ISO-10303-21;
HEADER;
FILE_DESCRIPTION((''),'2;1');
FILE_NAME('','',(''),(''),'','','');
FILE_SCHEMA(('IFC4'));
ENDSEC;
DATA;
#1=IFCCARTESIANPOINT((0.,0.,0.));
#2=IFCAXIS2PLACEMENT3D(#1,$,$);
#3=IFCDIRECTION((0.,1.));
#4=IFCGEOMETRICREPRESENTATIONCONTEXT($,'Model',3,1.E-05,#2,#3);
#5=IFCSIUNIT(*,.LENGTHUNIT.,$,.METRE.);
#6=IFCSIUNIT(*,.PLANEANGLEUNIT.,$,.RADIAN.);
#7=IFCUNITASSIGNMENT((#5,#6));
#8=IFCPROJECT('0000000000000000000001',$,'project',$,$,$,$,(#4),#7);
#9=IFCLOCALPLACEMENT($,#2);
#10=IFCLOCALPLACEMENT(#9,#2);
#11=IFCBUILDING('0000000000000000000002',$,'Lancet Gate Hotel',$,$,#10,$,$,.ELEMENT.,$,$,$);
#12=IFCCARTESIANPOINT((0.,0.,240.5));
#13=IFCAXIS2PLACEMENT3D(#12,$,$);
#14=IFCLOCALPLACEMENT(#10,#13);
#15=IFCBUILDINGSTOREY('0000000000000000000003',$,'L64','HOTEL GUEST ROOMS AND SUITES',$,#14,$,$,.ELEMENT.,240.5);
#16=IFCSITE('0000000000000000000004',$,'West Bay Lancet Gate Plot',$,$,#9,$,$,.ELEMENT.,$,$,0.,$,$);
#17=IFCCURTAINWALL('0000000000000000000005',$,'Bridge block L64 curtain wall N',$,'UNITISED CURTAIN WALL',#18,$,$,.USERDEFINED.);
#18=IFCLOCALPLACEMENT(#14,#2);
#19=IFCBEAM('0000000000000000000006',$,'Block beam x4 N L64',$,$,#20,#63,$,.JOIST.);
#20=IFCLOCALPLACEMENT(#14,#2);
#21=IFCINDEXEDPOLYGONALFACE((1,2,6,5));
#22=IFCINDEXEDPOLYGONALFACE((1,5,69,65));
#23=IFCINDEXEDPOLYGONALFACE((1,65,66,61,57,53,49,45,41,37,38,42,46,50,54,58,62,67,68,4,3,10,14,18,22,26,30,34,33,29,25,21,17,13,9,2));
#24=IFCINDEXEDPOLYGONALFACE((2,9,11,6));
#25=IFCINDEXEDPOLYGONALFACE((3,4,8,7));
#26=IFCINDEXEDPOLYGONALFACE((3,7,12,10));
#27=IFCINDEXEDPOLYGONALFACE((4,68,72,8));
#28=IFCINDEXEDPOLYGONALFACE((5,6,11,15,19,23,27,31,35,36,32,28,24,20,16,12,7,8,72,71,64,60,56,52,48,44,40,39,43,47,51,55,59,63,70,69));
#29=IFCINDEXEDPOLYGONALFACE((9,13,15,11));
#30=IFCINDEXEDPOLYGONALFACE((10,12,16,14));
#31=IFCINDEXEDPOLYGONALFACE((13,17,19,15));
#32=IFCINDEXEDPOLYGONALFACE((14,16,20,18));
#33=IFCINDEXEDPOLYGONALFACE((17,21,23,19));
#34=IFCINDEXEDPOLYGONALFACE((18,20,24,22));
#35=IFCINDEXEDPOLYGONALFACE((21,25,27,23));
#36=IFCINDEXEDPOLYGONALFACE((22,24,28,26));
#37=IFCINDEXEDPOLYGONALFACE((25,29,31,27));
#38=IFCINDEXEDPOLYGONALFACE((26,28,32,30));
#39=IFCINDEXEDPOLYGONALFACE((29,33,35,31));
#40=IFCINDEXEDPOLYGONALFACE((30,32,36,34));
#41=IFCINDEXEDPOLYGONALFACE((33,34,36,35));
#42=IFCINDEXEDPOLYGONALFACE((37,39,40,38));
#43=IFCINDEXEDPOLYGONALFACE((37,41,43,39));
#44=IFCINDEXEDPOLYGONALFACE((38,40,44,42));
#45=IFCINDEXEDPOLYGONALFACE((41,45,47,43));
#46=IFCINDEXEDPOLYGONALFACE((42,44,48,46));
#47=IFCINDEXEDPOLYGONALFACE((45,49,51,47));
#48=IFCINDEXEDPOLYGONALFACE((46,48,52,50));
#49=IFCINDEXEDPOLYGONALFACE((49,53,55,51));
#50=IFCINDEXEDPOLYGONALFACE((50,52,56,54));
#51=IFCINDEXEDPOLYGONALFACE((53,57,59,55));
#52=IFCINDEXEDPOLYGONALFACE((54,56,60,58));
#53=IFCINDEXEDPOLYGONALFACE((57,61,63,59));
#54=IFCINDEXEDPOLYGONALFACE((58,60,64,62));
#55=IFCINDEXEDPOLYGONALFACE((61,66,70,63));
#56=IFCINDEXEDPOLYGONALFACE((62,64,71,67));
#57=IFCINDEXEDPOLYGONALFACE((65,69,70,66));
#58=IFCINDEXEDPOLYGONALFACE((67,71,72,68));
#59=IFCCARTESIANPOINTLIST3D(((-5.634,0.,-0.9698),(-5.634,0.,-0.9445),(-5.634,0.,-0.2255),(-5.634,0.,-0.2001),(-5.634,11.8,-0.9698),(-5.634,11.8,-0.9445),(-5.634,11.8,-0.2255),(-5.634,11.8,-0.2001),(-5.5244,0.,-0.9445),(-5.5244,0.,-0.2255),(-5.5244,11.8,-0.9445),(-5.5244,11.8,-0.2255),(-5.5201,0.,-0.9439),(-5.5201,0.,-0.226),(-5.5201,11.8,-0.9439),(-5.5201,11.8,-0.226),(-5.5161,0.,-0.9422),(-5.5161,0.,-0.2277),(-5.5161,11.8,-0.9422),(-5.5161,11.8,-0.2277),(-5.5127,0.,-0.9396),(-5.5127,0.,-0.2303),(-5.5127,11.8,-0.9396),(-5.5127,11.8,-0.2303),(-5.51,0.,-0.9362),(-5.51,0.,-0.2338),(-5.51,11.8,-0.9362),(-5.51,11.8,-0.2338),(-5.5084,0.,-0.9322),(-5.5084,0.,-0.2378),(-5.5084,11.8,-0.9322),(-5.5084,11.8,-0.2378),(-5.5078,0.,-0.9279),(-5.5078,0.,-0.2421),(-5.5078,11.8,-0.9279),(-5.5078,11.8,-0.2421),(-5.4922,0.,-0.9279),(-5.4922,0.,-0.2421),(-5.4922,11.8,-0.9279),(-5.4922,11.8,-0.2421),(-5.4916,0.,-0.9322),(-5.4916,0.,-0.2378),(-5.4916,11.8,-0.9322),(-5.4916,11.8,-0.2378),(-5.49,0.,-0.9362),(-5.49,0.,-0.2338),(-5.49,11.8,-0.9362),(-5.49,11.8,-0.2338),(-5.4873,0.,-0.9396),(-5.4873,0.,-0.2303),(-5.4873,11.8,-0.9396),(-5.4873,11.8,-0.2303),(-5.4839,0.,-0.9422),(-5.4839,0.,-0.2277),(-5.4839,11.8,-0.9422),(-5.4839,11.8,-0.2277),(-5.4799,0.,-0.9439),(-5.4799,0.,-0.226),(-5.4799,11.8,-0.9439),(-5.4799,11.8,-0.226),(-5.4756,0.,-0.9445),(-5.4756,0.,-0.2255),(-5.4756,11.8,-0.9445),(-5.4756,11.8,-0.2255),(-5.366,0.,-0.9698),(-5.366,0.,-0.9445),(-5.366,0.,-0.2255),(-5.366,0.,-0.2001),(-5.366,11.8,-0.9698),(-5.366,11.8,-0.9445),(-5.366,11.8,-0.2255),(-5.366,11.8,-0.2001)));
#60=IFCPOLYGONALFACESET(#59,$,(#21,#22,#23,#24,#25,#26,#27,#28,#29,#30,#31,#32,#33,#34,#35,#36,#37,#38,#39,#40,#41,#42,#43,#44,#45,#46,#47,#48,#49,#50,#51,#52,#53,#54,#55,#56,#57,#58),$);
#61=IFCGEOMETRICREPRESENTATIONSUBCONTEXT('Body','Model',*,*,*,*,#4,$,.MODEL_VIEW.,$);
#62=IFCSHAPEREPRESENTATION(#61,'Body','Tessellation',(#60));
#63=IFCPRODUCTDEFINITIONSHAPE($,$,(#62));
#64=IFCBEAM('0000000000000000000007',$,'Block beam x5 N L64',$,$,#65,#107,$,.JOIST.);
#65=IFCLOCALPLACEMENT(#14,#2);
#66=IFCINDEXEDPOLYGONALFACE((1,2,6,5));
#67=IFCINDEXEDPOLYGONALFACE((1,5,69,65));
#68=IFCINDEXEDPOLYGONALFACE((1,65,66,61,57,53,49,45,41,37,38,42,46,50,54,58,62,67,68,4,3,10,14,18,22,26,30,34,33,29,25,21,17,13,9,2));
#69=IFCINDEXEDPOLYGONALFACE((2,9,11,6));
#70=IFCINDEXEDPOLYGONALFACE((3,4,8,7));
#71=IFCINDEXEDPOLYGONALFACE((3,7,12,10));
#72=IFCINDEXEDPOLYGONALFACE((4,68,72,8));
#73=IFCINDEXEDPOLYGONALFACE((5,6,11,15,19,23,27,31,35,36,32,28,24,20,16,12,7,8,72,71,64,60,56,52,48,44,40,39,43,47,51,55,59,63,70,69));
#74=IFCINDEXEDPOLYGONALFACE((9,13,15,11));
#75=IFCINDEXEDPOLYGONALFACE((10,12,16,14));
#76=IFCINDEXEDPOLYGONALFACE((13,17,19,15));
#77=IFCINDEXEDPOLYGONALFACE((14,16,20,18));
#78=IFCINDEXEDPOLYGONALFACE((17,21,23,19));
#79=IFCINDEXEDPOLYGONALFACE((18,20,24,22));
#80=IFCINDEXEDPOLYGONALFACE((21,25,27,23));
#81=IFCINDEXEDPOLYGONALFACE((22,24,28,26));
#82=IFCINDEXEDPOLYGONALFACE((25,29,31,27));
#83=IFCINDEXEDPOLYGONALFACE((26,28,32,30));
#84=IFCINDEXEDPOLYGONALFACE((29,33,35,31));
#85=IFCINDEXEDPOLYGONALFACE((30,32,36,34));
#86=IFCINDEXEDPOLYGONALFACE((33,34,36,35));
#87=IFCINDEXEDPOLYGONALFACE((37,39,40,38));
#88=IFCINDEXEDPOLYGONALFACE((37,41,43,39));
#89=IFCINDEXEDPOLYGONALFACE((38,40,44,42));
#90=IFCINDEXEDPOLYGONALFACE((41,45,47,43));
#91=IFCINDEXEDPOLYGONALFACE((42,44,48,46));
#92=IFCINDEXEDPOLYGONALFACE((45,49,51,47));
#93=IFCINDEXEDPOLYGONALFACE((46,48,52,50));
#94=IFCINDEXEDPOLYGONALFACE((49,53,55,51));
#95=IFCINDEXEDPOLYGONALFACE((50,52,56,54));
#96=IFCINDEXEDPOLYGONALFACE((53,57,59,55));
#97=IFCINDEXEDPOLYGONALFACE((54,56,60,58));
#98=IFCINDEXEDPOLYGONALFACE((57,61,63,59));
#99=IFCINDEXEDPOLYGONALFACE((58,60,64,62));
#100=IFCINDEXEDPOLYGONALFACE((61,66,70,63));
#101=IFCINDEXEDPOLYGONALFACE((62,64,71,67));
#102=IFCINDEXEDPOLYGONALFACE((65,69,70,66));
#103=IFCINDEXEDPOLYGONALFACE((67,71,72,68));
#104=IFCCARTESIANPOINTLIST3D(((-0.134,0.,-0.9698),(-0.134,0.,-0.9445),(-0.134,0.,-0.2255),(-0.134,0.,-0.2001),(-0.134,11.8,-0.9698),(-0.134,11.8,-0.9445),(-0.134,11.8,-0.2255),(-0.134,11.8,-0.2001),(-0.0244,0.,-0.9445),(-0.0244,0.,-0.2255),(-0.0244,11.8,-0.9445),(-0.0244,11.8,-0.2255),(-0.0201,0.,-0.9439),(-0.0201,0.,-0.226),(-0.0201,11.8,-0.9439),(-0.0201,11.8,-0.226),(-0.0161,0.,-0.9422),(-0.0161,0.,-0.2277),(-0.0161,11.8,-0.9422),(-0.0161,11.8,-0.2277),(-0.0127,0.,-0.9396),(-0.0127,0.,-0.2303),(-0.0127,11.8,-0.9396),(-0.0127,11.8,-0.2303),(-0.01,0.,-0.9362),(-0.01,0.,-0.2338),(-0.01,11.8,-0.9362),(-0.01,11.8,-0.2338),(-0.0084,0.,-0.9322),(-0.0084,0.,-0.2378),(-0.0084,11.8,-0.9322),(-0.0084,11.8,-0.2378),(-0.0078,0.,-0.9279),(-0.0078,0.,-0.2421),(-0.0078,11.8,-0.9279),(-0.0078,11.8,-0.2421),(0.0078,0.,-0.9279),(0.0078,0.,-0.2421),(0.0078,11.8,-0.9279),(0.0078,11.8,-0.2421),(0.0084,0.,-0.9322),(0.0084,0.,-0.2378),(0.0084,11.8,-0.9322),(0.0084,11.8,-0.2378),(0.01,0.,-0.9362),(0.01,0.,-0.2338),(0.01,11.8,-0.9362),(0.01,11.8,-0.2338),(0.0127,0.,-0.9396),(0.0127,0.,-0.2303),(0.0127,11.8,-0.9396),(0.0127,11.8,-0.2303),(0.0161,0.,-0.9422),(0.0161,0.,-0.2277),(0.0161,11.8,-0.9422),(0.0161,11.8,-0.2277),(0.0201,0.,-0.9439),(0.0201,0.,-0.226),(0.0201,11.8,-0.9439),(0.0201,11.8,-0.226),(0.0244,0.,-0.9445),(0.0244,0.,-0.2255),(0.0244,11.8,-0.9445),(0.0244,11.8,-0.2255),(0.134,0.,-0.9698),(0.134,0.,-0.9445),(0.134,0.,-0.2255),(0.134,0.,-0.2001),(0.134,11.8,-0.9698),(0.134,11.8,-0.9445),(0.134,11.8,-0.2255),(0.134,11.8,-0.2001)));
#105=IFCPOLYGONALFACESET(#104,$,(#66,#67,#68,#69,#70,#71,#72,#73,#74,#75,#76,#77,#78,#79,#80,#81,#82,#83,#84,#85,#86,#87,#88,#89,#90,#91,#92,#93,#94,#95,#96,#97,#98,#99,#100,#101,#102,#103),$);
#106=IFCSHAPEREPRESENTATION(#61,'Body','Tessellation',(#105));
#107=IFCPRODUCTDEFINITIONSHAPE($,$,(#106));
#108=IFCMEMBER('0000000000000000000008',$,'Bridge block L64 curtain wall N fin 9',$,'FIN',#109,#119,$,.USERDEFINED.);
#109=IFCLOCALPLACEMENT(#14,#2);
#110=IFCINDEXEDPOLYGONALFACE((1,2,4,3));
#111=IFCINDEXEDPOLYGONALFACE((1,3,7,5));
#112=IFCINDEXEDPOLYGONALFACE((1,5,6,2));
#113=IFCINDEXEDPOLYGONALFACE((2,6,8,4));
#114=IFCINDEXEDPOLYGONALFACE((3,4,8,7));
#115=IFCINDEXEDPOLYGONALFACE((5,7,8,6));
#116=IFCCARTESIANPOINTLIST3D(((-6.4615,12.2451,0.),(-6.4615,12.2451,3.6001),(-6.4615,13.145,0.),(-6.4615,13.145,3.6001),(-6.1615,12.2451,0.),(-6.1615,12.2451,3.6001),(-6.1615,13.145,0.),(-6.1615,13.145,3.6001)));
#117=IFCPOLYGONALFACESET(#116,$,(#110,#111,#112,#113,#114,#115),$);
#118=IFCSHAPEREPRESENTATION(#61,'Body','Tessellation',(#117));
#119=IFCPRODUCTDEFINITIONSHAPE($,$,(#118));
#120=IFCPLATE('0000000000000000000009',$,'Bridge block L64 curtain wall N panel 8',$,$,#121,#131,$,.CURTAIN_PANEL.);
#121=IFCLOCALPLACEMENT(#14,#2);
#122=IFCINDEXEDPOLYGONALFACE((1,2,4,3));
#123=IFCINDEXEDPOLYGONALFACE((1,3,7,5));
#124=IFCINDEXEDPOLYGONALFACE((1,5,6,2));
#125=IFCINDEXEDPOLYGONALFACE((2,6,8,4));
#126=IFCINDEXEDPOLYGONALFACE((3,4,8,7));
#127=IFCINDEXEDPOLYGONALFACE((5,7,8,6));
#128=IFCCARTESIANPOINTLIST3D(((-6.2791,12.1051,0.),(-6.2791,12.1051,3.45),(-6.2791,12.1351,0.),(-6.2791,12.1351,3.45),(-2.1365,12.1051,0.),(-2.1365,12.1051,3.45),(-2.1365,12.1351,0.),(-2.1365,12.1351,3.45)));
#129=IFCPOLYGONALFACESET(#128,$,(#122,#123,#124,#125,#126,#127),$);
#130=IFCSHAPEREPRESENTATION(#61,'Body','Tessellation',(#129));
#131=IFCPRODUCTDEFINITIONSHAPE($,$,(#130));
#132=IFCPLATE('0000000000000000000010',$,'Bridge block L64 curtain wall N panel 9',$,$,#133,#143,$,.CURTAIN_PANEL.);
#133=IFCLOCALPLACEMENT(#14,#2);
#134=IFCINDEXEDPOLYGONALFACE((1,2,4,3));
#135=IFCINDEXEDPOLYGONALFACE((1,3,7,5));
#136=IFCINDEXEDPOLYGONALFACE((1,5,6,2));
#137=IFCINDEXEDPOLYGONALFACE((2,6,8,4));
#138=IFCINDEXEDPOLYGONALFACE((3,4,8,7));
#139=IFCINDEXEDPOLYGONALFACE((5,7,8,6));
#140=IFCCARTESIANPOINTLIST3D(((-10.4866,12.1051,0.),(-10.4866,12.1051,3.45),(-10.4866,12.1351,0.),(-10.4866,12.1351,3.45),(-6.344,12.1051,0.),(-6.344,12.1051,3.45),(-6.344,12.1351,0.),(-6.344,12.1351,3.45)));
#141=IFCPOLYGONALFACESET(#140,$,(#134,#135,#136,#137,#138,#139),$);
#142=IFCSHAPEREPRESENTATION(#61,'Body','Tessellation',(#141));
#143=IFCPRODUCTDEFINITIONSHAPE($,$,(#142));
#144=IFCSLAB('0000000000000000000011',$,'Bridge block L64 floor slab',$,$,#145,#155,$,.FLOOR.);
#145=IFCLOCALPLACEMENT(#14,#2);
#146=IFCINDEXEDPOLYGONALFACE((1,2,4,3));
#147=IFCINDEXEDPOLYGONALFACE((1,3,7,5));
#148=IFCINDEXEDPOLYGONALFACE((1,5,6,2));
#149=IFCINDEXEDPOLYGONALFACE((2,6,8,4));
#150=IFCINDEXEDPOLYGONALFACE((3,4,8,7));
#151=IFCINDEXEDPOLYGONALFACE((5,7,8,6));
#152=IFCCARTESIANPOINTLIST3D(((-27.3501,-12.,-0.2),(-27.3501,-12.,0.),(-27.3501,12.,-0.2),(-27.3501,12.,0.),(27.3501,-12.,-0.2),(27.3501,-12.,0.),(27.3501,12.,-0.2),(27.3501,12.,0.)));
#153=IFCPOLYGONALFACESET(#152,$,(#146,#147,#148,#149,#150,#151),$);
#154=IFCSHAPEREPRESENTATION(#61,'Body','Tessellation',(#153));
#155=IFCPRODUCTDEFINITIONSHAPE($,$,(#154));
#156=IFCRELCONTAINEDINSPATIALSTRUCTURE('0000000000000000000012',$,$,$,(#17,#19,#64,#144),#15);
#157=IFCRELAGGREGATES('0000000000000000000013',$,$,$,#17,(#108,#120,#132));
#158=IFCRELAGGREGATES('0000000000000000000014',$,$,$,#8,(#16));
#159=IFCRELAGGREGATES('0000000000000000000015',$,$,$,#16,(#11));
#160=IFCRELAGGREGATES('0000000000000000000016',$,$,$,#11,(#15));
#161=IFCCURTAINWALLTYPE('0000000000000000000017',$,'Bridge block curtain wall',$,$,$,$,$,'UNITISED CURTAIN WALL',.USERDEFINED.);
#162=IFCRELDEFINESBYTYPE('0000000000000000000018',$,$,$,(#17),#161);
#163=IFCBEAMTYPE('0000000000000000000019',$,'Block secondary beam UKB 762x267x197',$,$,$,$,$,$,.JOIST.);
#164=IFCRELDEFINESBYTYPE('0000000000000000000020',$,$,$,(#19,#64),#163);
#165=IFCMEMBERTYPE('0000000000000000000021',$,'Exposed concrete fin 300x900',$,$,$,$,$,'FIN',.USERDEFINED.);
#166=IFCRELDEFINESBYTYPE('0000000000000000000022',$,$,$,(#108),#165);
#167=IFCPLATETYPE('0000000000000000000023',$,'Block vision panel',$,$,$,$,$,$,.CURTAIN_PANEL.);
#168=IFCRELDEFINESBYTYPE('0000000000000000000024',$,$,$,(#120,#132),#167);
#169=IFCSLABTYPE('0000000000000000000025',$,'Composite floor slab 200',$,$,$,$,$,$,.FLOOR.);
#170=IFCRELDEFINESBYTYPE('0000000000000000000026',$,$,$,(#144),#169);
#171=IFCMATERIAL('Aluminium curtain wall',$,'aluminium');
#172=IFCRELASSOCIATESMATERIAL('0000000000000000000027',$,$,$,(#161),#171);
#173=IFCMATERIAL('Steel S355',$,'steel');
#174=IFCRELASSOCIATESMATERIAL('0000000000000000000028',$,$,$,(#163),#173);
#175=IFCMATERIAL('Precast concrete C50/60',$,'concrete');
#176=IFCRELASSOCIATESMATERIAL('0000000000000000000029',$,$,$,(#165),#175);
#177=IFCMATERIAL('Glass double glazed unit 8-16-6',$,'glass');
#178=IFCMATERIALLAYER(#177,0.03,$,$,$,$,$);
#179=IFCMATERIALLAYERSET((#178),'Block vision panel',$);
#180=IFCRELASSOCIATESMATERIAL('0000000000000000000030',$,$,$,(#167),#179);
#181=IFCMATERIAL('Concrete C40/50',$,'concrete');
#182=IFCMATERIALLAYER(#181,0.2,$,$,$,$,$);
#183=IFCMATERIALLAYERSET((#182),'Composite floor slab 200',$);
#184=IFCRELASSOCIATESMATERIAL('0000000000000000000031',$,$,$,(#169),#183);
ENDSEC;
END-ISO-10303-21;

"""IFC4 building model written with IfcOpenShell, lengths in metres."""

from ifc_helpers import new_model, si_unit, direction, frame, origin, origin_2d, place, context, subcontext, project, spatial, polyline, rectangle, i_section, outline, extrude, material, layer, layer_set, material_profile, profile_set, type_object, element, aggregate, save


model = new_model("IFC4")

# Units and contexts
model_context = context("Model", 3, precision=1e-05, world=origin(), true_north=direction((0.0, 1.0)))
body_context = subcontext(model_context, "Body", "Model", "MODEL_VIEW")
ifc_project = project(units=[si_unit("LENGTHUNIT", "METRE"), si_unit("PLANEANGLEUNIT", "RADIAN")], contexts=[model_context])

# Site, building, storey
site_placement = place(None, origin())
site = spatial("IfcSite", under=ifc_project, at=site_placement, Name="West Bay Lancet Gate Plot", CompositionType="ELEMENT", RefElevation=0.0)
building_placement = place(site_placement, origin())
building = spatial("IfcBuilding", under=site, at=building_placement, Name="Lancet Gate Hotel", CompositionType="ELEMENT")
storey_placement = place(building_placement, frame((0.0, 0.0, 240.5)))
storey = spatial("IfcBuildingStorey", under=building, at=storey_placement, Name="L64", Description="HOTEL GUEST ROOMS AND SUITES", CompositionType="ELEMENT", Elevation=240.5)

# Curtain wall
ifc_material_1 = material(Name="Aluminium curtain wall", Category="aluminium")
curtain_wall_type = type_object("IfcCurtainWallType", Name="Bridge block curtain wall", ElementType="UNITISED CURTAIN WALL", PredefinedType="USERDEFINED", material=ifc_material_1)
curtain_wall_placement = place(storey_placement, origin())
curtain_wall = element("IfcCurtainWall", 1, at=curtain_wall_placement, inside=storey, type_object=curtain_wall_type, Name="Bridge block L64 curtain wall N", ObjectType="UNITISED CURTAIN WALL", PredefinedType="USERDEFINED")

# Beams
ifc_material_2 = material(Name="Steel S355", Category="steel")
ifc_material_profile_1 = material_profile(ifc_material_2, i_section(OverallWidth=0.2681, OverallDepth=0.7698, WebThickness=0.0156, FlangeThickness=0.0254, FilletRadius=0.0166, at=origin_2d()), Name="UKB 762x267x197")
ifc_profile_set_1 = profile_set([ifc_material_profile_1], Name="Steel S355")
beam_type_1 = type_object("IfcBeamType", Name="Block secondary beam UKB 762x267x197", PredefinedType="JOIST", material=ifc_profile_set_1)
for number, where, z_axis, x_axis, name in (
    (2, (-5.5, 0.0, -0.585), (0.0, 1.0, 0.0), (-1.0, 0.0, 0.0), "Block beam x4 N L64"),
    (3, (0.0, 0.0, -0.585), (0.0, 1.0, 0.0), (-1.0, 0.0, 0.0), "Block beam x5 N L64"),
):
    element("IfcBeam", number, at=place(storey_placement, frame(where, z_axis=z_axis, x_axis=x_axis)), inside=storey, type_object=beam_type_1, Name=name, PredefinedType="JOIST", context=body_context, shape_type="SweptSolid", body=[
        extrude(i_section(OverallWidth=0.2681, OverallDepth=0.7698, WebThickness=0.0156, FlangeThickness=0.0254, FilletRadius=0.0166, at=origin_2d()), origin(), (0.0, 0.0, 1.0), 11.8),
    ])

# Member
ifc_material_3 = material(Name="Precast concrete C50/60", Category="concrete")
ifc_material_profile_2 = material_profile(ifc_material_3, rectangle(XDim=0.3, YDim=0.8999, at=origin_2d()), Name="FIN 300x900")
ifc_profile_set_2 = profile_set([ifc_material_profile_2], Name="Precast concrete C50/60")
member_type_1 = type_object("IfcMemberType", Name="Exposed concrete fin 300x900", ElementType="FIN", PredefinedType="USERDEFINED", material=ifc_profile_set_2)
member_1_placement = place(storey_placement, frame((-6.3115, 12.6951, 0.0), z_axis=(0.0, 0.0, 1.0), x_axis=(-1.0, 0.0, 0.0)))
member_1 = element("IfcMember", 4, at=member_1_placement, type_object=member_type_1, Name="Bridge block L64 curtain wall N fin 9", ObjectType="FIN", PredefinedType="USERDEFINED", context=body_context, shape_type="SweptSolid", body=[
    extrude(rectangle(XDim=0.3, YDim=0.8999, at=origin_2d()), origin(), (0.0, 0.0, 1.0), 3.6001),
])

# Plates
ifc_material_4 = material(Name="Glass double glazed unit 8-16-6", Category="glass")
ifc_layer_1 = layer(ifc_material_4, 0.03)
ifc_layer_set_1 = layer_set([ifc_layer_1], Name="Block vision panel")
plate_type = type_object("IfcPlateType", Name="Block vision panel", PredefinedType="CURTAIN_PANEL", material=ifc_layer_set_1)
plate_1_placement = place(storey_placement, frame((-4.2078, 12.1201, 0.0), z_axis=(0.0, 0.0, 1.0), x_axis=(-1.0, 0.0, 0.0)))
plate_1 = element("IfcPlate", 5, at=plate_1_placement, type_object=plate_type, Name="Bridge block L64 curtain wall N panel 8", PredefinedType="CURTAIN_PANEL", context=body_context, shape_type="SweptSolid", body=[
    extrude(rectangle(XDim=4.1426, YDim=0.03, at=origin_2d()), origin(), (0.0, 0.0, 1.0), 3.45),
])
plate_2_placement = place(storey_placement, frame((-8.4153, 12.1201, 0.0), z_axis=(0.0, 0.0, 1.0), x_axis=(-1.0, 0.0, 0.0)))
plate_2 = element("IfcPlate", 6, at=plate_2_placement, type_object=plate_type, Name="Bridge block L64 curtain wall N panel 9", PredefinedType="CURTAIN_PANEL", context=body_context, shape_type="SweptSolid", body=[
    extrude(rectangle(XDim=4.1426, YDim=0.03, at=origin_2d()), origin(), (0.0, 0.0, 1.0), 3.45),
])
aggregate(curtain_wall, [member_1, plate_1, plate_2])

# Slab
ifc_material_5 = material(Name="Concrete C40/50", Category="concrete")
ifc_layer_2 = layer(ifc_material_5, 0.2)
ifc_layer_set_2 = layer_set([ifc_layer_2], Name="Composite floor slab 200")
slab_type_1 = type_object("IfcSlabType", Name="Composite floor slab 200", PredefinedType="FLOOR", material=ifc_layer_set_2)
slab_1_placement = place(storey_placement, frame((0.0, 0.0, -0.2)))
element("IfcSlab", 7, at=slab_1_placement, inside=storey, type_object=slab_type_1, Name="Bridge block L64 floor slab", PredefinedType="FLOOR", context=body_context, shape_type="SweptSolid", body=[
    extrude(outline(polyline([(27.3501, -12.0), (27.3501, 12.0), (-27.3501, 12.0), (-27.3501, -12.0), (27.3501, -12.0)])), origin(), (0.0, 0.0, 1.0), 0.2),
])

save(model, "model.ifc")
